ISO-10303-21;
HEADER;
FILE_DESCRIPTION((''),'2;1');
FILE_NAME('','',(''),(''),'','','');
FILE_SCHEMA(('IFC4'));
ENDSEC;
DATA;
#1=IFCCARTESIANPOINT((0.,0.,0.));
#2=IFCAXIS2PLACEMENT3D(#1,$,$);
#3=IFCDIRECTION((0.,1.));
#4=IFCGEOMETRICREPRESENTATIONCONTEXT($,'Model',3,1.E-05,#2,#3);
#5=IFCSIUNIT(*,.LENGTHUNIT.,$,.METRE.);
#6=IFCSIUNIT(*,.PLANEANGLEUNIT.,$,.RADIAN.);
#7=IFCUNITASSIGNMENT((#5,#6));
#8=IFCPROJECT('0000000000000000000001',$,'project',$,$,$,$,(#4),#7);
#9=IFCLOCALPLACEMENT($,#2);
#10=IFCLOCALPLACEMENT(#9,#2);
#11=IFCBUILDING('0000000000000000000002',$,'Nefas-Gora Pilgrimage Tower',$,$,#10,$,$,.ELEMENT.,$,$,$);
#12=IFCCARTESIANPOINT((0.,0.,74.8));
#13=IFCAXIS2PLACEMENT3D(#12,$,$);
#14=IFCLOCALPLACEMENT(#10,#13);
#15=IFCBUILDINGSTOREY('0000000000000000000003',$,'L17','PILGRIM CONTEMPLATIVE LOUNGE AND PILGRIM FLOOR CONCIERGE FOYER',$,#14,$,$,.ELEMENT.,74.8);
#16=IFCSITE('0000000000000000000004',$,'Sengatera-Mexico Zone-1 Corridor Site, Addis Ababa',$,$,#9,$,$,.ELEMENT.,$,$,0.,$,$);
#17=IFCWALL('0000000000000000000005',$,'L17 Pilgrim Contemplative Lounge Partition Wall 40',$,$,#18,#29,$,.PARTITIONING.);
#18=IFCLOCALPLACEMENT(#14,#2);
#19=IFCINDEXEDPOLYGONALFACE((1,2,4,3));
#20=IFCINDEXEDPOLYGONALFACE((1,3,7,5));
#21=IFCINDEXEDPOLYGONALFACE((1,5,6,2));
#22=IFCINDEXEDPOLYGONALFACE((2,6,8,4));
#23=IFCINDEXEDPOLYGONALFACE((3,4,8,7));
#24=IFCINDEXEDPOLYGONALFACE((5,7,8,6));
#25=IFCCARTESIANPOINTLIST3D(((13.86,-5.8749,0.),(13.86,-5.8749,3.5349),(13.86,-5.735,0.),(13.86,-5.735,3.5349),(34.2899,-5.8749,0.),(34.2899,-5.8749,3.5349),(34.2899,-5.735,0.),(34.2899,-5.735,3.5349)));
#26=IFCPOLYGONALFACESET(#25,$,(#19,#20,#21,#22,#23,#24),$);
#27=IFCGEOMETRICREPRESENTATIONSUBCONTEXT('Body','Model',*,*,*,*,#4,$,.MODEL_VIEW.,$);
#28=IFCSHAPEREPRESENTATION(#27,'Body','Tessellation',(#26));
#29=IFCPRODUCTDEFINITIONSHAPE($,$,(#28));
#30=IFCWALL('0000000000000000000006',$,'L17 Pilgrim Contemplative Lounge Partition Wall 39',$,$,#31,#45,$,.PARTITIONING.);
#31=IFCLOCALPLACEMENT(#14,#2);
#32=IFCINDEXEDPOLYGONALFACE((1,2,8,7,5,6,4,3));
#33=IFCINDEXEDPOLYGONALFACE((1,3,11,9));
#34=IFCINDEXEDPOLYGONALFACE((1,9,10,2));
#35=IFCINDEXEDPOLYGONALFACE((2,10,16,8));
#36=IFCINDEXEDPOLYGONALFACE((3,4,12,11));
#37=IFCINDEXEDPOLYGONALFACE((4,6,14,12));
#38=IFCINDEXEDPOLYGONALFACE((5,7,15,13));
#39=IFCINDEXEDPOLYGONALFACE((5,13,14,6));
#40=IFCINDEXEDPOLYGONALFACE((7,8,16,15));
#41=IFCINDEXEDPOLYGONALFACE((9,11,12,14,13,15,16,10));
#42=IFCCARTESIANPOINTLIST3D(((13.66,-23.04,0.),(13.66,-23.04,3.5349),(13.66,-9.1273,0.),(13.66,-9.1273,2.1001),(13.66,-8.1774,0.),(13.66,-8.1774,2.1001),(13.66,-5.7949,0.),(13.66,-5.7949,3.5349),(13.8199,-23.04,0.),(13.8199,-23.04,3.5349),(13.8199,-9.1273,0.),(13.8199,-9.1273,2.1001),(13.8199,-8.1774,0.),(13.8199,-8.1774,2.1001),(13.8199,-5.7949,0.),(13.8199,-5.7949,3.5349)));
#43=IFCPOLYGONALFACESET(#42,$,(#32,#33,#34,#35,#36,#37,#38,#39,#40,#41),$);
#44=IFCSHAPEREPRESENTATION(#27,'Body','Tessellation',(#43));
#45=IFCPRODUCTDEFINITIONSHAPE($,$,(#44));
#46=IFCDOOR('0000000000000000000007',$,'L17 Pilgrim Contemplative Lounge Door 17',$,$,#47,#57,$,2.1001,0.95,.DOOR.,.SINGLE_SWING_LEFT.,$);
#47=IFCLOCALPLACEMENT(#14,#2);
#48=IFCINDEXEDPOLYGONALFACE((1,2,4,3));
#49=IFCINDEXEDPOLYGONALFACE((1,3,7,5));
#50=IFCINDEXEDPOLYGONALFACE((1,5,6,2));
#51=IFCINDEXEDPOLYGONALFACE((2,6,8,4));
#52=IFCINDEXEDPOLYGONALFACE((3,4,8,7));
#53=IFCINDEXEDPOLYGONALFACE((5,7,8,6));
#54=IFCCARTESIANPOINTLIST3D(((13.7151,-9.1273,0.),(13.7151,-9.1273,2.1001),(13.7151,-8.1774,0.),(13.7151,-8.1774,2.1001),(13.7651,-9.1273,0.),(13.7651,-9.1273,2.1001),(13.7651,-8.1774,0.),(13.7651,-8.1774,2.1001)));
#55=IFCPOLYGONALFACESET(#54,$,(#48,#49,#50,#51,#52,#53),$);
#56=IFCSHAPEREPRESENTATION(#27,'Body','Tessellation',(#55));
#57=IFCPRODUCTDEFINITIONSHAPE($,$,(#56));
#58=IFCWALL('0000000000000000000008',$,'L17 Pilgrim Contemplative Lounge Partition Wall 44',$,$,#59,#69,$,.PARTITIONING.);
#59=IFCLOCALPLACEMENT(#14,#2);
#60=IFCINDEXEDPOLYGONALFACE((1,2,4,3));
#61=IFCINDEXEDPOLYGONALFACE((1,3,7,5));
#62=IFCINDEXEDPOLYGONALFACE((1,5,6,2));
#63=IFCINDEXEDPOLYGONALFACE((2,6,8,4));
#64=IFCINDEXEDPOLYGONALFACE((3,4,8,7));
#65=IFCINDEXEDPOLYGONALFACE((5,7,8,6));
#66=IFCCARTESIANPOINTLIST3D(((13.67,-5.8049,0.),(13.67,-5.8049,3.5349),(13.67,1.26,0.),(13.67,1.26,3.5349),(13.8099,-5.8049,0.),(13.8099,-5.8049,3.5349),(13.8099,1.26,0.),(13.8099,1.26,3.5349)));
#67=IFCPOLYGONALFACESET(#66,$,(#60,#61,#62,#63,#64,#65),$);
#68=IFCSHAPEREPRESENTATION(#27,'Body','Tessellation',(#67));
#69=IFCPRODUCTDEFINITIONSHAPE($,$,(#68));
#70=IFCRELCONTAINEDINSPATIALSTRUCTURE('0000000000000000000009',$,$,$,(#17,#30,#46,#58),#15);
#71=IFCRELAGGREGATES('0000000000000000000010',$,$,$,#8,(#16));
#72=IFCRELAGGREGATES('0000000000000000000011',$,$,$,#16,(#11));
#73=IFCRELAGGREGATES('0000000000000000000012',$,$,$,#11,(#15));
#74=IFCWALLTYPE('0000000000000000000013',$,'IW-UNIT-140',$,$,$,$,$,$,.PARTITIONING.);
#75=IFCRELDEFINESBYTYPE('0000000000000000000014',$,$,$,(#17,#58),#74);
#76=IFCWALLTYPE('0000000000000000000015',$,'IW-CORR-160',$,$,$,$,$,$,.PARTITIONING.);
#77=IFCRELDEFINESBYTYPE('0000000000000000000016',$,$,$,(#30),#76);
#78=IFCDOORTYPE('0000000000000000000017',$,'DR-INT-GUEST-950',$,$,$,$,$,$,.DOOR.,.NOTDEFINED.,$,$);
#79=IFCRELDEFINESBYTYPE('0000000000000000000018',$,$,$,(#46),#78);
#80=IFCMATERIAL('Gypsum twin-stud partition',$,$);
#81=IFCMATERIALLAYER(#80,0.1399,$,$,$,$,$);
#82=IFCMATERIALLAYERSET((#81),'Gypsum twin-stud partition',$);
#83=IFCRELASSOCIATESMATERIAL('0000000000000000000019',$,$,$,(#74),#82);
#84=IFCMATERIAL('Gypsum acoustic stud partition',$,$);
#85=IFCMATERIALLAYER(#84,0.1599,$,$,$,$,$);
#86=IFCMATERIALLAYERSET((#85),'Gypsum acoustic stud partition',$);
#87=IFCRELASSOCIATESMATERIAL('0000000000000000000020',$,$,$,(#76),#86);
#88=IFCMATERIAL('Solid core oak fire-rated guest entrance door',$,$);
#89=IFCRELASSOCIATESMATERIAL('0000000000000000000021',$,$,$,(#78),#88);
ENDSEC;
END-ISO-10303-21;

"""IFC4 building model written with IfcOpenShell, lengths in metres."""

from ifc_helpers import new_model, si_unit, direction, frame, frame_2d, origin, place, context, subcontext, project, spatial, rectangle, extrude, source, transform, mapped, material, layer, layer_set, type_object, element, fill, save


model = new_model("IFC4")

# Units and contexts
model_context = context("Model", 3, precision=1e-05, world=origin(), true_north=direction((0.0, 1.0)))
body_context = subcontext(model_context, "Body", "Model", "MODEL_VIEW")
ifc_project = project(units=[si_unit("LENGTHUNIT", "METRE"), si_unit("PLANEANGLEUNIT", "RADIAN")], contexts=[model_context])

# Site, building, storey
site_placement = place(None, origin())
site = spatial("IfcSite", under=ifc_project, at=site_placement, Name="Sengatera-Mexico Zone-1 Corridor Site, Addis Ababa", CompositionType="ELEMENT", RefElevation=0.0)
building_placement = place(site_placement, origin())
building = spatial("IfcBuilding", under=site, at=building_placement, Name="Nefas-Gora Pilgrimage Tower", CompositionType="ELEMENT")
storey_placement = place(building_placement, frame((0.0, 0.0, 74.8)))
storey = spatial("IfcBuildingStorey", under=building, at=storey_placement, Name="L17", Description="PILGRIM CONTEMPLATIVE LOUNGE AND PILGRIM FLOOR CONCIERGE FOYER", CompositionType="ELEMENT", Elevation=74.8)

# Wall
ifc_material_1 = material(Name="Gypsum twin-stud partition")
ifc_layer_1 = layer(ifc_material_1, 0.1399)
ifc_layer_set_1 = layer_set([ifc_layer_1], Name="Gypsum twin-stud partition")
wall_type_1 = type_object("IfcWallType", Name="IW-UNIT-140", PredefinedType="PARTITIONING", material=ifc_layer_set_1)
shared_shape_1 = source(origin(), body_context, "Body", "SweptSolid", [
    extrude(rectangle(XDim=20.4299, YDim=0.1399, at=frame_2d((10.2148, 0.0))), origin(), (0.0, 0.0, 1.0), 3.5349),
])
wall_1_placement = place(storey_placement, frame((13.8601, -5.8049, 0.0), z_axis=(0.0, 0.0, 1.0), x_axis=(1.0, 0.0, 0.0)))
element("IfcWall", 1, at=wall_1_placement, inside=storey, type_object=wall_type_1, Name="L17 Pilgrim Contemplative Lounge Partition Wall 40", PredefinedType="PARTITIONING", context=body_context, shape_type="MappedRepresentation", body=[
    mapped(shared_shape_1, transform((0.0, 0.0, 0.0), x_axis=(1.0, 0.0, 0.0), y_axis=(0.0, 1.0, 0.0), z_axis=(0.0, 0.0, 1.0), scale=1.0)),
])

# Wall, opening, door
ifc_material_2 = material(Name="Gypsum acoustic stud partition")
ifc_layer_2 = layer(ifc_material_2, 0.1599)
ifc_layer_set_2 = layer_set([ifc_layer_2], Name="Gypsum acoustic stud partition")
wall_type_2 = type_object("IfcWallType", Name="IW-CORR-160", PredefinedType="PARTITIONING", material=ifc_layer_set_2)
shared_shape_2 = source(origin(), body_context, "Body", "SweptSolid", [
    extrude(rectangle(XDim=17.2451, YDim=0.1599, at=frame_2d((8.6226, 0.0))), origin(), (0.0, 0.0, 1.0), 3.5349),
])
wall_2_placement = place(storey_placement, frame((13.74, -23.04, 0.0), z_axis=(0.0, 0.0, 1.0), x_axis=(0.0, 1.0, 0.0)))
wall_2 = element("IfcWall", 2, at=wall_2_placement, inside=storey, type_object=wall_type_2, Name="L17 Pilgrim Contemplative Lounge Partition Wall 39", PredefinedType="PARTITIONING", context=body_context, shape_type="MappedRepresentation", body=[
    mapped(shared_shape_2, transform((0.0, 0.0, 0.0), x_axis=(1.0, 0.0, 0.0), y_axis=(0.0, 1.0, 0.0), z_axis=(0.0, 0.0, 1.0), scale=1.0)),
])
opening_placement = place(wall_2_placement, frame((13.9126, 0.0, 0.0)))
opening = element("IfcOpeningElement", 3, at=opening_placement, cuts=wall_2, PredefinedType="OPENING", context=body_context, shape_type="SweptSolid", body=[
    extrude(rectangle(XDim=0.95, YDim=2.1001, at=frame_2d((0.4751, 1.05))), frame((0.0, 0.0898, 0.0), z_axis=(0.0, -1.0, 0.0), x_axis=(1.0, 0.0, 0.0)), (0.0, 0.0, 1.0), 0.1799),
])
ifc_material_3 = material(Name="Solid core oak fire-rated guest entrance door")
door_type = type_object("IfcDoorType", Name="DR-INT-GUEST-950", OperationType="NOTDEFINED", PredefinedType="DOOR", material=ifc_material_3)
shared_shape_3 = source(origin(), body_context, "Body", "SweptSolid", [
    extrude(rectangle(XDim=0.95, YDim=2.1001, at=frame_2d((0.4751, 1.05))), frame((0.0, 0.0249, 0.0), z_axis=(0.0, -1.0, 0.0), x_axis=(1.0, 0.0, 0.0)), (0.0, 0.0, 1.0), 0.05),
])
door_placement = place(opening_placement, origin())
door = element("IfcDoor", 4, at=door_placement, inside=storey, type_object=door_type, Name="L17 Pilgrim Contemplative Lounge Door 17", OperationType="SINGLE_SWING_LEFT", OverallHeight=2.1001, OverallWidth=0.95, PredefinedType="DOOR", context=body_context, shape_type="MappedRepresentation", body=[
    mapped(shared_shape_3, transform((0.0, 0.0, 0.0), x_axis=(1.0, 0.0, 0.0), y_axis=(0.0, 1.0, 0.0), z_axis=(0.0, 0.0, 1.0), scale=1.0)),
])
fill(opening, door)

# Wall
shared_shape_4 = source(origin(), body_context, "Body", "SweptSolid", [
    extrude(rectangle(XDim=7.0649, YDim=0.1399, at=frame_2d((3.5325, 0.0))), origin(), (0.0, 0.0, 1.0), 3.5349),
])
wall_3_placement = place(storey_placement, frame((13.74, -5.8049, 0.0), z_axis=(0.0, 0.0, 1.0), x_axis=(0.0, 1.0, 0.0)))
element("IfcWall", 5, at=wall_3_placement, inside=storey, type_object=wall_type_1, Name="L17 Pilgrim Contemplative Lounge Partition Wall 44", PredefinedType="PARTITIONING", context=body_context, shape_type="MappedRepresentation", body=[
    mapped(shared_shape_4, transform((0.0, 0.0, 0.0), x_axis=(1.0, 0.0, 0.0), y_axis=(0.0, 1.0, 0.0), z_axis=(0.0, 0.0, 1.0), scale=1.0)),
])

save(model, "model.ifc")
